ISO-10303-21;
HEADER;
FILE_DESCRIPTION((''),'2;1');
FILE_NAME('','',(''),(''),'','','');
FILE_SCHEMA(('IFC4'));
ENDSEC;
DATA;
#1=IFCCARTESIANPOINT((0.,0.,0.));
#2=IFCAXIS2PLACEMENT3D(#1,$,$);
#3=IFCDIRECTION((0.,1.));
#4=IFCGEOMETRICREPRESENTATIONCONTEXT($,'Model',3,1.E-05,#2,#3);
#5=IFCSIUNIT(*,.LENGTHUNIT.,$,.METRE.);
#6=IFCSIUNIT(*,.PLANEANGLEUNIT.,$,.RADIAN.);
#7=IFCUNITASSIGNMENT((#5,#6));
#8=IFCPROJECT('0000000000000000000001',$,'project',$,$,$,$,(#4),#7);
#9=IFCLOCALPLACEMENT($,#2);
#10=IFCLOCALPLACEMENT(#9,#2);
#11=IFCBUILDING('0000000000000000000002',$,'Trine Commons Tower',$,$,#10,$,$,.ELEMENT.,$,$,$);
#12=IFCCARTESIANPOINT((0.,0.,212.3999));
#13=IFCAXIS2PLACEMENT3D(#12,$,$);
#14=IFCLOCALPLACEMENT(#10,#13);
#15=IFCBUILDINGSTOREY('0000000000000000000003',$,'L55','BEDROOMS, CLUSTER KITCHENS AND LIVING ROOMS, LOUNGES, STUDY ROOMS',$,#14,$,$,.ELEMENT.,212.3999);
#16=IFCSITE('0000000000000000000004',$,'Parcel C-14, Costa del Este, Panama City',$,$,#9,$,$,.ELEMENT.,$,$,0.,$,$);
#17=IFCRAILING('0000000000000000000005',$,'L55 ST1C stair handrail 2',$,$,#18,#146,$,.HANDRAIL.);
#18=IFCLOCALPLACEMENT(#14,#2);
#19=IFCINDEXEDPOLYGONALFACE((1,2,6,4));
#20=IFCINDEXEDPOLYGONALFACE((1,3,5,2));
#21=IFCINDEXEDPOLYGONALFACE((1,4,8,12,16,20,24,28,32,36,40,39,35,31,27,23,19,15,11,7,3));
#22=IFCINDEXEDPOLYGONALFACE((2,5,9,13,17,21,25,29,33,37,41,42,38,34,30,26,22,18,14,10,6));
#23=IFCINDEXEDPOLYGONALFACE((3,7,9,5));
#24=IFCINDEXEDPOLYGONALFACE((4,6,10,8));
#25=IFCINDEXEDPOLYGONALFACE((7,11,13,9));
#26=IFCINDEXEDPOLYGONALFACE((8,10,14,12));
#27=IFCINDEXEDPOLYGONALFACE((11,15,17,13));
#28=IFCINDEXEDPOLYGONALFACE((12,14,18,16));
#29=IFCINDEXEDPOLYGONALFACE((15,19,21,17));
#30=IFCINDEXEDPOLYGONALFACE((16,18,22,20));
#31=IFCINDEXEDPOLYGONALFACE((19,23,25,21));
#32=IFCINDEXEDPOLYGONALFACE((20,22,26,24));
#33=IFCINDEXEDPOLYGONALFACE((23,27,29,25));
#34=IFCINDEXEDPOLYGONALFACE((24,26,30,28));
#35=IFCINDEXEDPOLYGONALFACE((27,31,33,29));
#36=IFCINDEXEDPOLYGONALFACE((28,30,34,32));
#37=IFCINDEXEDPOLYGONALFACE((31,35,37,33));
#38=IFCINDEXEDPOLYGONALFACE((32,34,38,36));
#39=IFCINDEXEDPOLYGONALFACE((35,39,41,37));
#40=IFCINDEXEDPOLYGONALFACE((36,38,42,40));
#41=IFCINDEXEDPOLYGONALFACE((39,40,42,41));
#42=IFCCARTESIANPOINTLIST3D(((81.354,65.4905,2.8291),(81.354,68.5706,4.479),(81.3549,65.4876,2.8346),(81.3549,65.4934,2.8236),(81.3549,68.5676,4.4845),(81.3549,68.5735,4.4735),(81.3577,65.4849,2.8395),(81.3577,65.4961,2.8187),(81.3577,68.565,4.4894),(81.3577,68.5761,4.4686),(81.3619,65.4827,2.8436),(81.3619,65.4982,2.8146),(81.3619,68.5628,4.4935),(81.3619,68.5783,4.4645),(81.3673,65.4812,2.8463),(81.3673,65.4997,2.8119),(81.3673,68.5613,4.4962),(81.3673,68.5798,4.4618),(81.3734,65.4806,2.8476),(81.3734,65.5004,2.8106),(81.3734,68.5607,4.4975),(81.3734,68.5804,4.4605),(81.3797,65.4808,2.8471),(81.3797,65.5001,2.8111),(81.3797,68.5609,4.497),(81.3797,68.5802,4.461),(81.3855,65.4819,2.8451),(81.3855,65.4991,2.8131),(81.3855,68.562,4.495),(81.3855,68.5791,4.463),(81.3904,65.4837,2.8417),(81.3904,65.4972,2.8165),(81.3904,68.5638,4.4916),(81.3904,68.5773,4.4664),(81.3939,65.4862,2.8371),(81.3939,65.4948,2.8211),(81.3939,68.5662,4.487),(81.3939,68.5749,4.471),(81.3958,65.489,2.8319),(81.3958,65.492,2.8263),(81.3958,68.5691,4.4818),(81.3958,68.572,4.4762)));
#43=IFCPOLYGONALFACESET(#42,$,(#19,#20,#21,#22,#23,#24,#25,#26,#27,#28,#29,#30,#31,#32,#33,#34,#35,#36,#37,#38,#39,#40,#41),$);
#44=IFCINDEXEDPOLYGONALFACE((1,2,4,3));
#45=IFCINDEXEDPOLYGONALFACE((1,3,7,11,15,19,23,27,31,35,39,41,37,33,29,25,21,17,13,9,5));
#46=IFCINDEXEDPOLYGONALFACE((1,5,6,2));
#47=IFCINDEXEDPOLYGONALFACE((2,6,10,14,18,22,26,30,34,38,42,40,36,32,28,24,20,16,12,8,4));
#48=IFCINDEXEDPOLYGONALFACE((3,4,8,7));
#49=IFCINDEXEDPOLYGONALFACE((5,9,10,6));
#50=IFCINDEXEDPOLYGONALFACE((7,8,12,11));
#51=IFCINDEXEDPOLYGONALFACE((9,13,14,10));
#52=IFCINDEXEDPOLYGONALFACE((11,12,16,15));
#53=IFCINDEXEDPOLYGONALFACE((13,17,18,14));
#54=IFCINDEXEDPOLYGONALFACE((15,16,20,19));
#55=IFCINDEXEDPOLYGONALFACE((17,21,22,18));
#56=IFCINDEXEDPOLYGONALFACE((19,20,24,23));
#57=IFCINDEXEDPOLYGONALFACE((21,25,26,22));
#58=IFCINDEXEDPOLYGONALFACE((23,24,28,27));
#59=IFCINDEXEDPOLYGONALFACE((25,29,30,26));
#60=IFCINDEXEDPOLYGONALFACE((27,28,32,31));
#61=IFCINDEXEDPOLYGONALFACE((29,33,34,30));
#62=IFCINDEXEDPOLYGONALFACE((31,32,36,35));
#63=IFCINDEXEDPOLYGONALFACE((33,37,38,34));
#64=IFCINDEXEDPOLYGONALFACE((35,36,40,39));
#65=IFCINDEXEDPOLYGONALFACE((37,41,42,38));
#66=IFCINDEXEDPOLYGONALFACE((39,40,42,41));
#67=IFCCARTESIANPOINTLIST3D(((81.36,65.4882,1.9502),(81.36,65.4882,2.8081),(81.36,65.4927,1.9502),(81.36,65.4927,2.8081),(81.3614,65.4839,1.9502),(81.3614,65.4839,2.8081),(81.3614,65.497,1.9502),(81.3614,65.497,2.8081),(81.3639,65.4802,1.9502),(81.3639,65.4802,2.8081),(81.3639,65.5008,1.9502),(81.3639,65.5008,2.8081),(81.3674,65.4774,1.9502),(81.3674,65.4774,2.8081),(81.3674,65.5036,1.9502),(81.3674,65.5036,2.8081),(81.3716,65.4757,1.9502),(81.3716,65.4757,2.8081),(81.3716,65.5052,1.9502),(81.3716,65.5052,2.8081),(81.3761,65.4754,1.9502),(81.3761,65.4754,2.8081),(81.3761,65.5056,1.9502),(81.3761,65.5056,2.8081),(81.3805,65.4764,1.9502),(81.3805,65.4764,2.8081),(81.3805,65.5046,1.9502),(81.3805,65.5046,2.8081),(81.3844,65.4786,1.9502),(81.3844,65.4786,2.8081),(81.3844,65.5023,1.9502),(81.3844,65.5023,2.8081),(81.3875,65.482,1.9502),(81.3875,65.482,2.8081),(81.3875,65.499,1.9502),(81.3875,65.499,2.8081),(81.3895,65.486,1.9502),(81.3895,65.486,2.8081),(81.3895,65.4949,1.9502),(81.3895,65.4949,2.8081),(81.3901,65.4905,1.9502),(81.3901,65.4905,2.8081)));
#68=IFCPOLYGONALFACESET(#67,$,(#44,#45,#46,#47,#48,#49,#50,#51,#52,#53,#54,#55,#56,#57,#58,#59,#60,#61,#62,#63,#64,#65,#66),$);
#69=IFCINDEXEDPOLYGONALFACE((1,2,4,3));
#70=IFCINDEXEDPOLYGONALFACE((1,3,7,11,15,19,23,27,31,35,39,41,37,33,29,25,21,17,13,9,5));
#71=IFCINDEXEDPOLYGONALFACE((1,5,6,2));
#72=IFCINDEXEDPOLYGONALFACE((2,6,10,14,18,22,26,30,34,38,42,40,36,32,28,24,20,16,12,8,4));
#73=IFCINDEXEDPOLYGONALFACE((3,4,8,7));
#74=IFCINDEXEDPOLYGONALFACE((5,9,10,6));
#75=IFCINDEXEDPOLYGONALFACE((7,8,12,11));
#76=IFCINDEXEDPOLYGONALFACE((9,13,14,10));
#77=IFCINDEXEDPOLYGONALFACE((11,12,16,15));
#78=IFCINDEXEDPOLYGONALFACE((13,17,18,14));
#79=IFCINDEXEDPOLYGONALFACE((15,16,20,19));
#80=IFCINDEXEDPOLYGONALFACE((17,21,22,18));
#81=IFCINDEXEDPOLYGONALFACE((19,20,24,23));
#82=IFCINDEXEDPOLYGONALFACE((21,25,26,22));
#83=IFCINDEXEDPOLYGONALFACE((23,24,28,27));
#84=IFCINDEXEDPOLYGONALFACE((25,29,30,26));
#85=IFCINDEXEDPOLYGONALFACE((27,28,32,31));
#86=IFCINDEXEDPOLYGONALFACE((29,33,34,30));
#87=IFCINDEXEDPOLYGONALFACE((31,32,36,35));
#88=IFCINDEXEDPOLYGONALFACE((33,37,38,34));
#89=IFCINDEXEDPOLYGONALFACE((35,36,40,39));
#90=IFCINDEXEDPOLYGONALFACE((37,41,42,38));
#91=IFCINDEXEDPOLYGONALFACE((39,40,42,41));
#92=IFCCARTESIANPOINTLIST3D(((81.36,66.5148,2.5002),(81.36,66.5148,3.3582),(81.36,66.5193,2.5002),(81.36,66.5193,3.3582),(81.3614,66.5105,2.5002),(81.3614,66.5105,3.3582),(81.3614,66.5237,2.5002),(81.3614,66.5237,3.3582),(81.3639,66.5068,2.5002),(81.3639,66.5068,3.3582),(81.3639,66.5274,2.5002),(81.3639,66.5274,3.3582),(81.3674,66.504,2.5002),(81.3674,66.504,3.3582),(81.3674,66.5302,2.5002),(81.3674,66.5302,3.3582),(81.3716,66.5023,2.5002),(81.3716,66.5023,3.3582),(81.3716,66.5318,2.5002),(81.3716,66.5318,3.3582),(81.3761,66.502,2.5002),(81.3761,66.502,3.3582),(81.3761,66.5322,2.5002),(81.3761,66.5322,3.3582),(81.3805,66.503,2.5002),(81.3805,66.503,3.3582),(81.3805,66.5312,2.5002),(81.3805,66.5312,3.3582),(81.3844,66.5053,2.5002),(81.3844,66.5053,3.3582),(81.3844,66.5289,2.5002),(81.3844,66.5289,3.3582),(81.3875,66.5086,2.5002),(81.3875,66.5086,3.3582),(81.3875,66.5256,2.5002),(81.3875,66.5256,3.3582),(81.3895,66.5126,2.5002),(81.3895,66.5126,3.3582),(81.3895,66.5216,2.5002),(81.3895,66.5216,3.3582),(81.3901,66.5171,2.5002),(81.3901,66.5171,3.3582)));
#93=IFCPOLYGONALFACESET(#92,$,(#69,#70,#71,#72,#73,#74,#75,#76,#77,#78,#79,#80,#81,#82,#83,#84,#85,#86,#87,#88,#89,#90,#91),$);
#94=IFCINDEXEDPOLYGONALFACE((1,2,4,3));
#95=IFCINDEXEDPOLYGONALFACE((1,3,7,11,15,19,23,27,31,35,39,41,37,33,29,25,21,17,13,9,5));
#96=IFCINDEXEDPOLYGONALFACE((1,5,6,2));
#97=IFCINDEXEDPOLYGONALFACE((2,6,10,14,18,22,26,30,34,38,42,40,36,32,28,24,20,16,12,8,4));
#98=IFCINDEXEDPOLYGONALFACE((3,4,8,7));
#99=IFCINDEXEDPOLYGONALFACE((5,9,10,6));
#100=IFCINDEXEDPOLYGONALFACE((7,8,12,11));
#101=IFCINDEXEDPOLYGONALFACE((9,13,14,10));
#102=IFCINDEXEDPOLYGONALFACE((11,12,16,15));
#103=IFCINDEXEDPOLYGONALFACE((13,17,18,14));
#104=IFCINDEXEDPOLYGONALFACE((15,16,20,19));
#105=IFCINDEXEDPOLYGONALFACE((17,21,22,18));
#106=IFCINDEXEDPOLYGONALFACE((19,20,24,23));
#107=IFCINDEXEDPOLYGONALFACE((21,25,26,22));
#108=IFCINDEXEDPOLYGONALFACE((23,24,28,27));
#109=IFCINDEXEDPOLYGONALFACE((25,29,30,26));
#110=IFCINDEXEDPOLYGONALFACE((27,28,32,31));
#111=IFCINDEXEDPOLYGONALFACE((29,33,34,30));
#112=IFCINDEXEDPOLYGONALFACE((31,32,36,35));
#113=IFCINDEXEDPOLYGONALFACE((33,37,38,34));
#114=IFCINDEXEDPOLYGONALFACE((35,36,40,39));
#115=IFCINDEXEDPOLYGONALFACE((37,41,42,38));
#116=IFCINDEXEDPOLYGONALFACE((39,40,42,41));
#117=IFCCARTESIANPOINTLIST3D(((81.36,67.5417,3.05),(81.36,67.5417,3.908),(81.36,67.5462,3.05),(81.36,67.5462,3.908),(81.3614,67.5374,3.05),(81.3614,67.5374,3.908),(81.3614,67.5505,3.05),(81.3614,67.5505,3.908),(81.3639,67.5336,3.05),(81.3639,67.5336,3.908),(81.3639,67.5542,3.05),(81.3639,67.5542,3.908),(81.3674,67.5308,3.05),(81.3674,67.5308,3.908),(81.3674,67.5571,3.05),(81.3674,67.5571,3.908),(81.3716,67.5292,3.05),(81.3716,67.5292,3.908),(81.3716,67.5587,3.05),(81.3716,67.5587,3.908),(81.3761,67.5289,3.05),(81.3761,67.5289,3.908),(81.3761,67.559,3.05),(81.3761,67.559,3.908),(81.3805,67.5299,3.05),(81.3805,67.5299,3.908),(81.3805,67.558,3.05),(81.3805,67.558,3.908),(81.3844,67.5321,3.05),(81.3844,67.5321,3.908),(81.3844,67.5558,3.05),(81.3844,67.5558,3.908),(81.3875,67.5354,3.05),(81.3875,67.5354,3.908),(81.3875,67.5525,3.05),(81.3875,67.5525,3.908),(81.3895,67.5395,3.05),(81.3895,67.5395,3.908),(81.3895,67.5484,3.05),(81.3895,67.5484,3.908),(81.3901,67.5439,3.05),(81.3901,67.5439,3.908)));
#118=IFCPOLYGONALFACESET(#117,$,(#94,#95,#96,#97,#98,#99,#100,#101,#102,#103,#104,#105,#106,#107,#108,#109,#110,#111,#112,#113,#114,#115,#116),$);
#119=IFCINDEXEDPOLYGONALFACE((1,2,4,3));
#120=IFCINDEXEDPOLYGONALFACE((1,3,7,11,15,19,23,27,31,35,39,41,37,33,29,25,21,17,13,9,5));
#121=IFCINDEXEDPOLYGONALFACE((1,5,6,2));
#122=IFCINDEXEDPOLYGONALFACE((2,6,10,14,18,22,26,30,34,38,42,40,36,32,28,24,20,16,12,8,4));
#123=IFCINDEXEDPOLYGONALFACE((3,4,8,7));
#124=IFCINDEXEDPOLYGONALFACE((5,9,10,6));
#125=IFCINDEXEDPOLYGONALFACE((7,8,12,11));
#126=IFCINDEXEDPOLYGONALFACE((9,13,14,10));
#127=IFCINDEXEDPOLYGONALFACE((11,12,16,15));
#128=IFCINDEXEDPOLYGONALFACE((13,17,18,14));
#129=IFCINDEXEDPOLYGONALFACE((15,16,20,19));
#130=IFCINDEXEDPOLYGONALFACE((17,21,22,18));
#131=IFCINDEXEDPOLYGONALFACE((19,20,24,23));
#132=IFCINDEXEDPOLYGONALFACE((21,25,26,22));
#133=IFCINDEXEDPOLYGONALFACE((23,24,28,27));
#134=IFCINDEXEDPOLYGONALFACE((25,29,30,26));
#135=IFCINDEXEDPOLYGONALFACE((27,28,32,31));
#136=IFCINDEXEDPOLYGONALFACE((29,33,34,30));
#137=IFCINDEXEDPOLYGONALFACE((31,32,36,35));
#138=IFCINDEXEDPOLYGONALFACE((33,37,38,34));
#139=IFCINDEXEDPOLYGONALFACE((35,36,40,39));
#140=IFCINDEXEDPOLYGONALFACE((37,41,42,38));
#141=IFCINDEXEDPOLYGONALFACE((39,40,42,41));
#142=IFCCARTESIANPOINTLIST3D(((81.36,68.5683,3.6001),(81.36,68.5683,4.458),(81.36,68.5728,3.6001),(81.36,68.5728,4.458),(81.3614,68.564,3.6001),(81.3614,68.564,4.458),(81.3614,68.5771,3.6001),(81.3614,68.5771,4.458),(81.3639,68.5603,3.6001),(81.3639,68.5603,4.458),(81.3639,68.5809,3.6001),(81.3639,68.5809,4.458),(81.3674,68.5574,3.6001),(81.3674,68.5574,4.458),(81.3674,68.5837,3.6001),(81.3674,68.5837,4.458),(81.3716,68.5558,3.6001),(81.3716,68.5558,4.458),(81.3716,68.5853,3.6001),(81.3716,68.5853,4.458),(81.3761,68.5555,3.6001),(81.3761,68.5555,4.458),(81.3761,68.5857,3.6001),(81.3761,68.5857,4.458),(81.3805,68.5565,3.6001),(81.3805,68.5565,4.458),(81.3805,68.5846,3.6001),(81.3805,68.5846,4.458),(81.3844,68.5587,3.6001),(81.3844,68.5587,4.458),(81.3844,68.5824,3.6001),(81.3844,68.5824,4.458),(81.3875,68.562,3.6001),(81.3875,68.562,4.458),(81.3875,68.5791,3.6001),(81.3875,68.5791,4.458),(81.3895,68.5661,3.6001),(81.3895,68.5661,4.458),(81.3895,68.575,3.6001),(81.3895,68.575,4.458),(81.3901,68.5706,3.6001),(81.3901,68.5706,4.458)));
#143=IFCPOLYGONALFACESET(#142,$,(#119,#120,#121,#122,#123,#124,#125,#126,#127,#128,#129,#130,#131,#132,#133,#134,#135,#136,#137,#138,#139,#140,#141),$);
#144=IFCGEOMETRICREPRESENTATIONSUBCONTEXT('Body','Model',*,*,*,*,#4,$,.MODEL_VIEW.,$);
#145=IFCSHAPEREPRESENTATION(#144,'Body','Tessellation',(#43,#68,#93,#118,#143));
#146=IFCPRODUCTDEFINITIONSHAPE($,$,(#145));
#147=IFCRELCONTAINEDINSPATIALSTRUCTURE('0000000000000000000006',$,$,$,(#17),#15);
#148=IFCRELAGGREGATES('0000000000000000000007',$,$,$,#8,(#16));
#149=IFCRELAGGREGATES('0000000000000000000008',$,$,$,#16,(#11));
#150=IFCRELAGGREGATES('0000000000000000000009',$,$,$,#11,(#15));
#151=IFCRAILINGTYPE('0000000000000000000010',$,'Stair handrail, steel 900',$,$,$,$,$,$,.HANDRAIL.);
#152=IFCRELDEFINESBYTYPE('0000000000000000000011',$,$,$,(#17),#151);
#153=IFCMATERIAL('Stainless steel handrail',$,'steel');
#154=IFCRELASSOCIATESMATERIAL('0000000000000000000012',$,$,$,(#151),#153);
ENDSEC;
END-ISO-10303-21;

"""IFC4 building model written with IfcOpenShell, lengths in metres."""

from ifc_helpers import new_model, si_unit, direction, frame, origin, origin_2d, place, context, subcontext, project, spatial, circle, extrude, material, type_object, element, save


model = new_model("IFC4")

# Units and contexts
model_context = context("Model", 3, precision=1e-05, world=origin(), true_north=direction((0.0, 1.0)))
body_context = subcontext(model_context, "Body", "Model", "MODEL_VIEW")
ifc_project = project(units=[si_unit("LENGTHUNIT", "METRE"), si_unit("PLANEANGLEUNIT", "RADIAN")], contexts=[model_context])

# Site, building, storey
site_placement = place(None, origin())
site = spatial("IfcSite", under=ifc_project, at=site_placement, Name="Parcel C-14, Costa del Este, Panama City", CompositionType="ELEMENT", RefElevation=0.0)
building_placement = place(site_placement, origin())
building = spatial("IfcBuilding", under=site, at=building_placement, Name="Trine Commons Tower", CompositionType="ELEMENT")
storey_placement = place(building_placement, frame((0.0, 0.0, 212.3999)))
storey = spatial("IfcBuildingStorey", under=building, at=storey_placement, Name="L55", Description="BEDROOMS, CLUSTER KITCHENS AND LIVING ROOMS, LOUNGES, STUDY ROOMS", CompositionType="ELEMENT", Elevation=212.3999)

# Railing
ifc_material_1 = material(Name="Stainless steel handrail", Category="steel")
railing_type_1 = type_object("IfcRailingType", Name="Stair handrail, steel 900", PredefinedType="HANDRAIL", material=ifc_material_1)
railing_1_placement = place(storey_placement, frame((81.375, 65.4905, 1.9502)))
element("IfcRailing", 1, at=railing_1_placement, inside=storey, type_object=railing_type_1, Name="L55 ST1C stair handrail 2", PredefinedType="HANDRAIL", context=body_context, shape_type="SweptSolid", body=[
    extrude(circle(Radius=0.021, at=origin_2d()), frame((0.0, 0.0, 0.8789), z_axis=(0.0, 0.881497, 0.47219), x_axis=(-1.0, 0.0, 0.0)), (0.0, 0.0, 1.0), 3.4941),
    extrude(circle(Radius=0.0151, at=origin_2d()), origin(), (0.0, 0.0, 1.0), 0.8579),
    extrude(circle(Radius=0.0151, at=origin_2d()), frame((0.0, 1.0266, 0.55)), (0.0, 0.0, 1.0), 0.8579),
    extrude(circle(Radius=0.0151, at=origin_2d()), frame((0.0, 2.0535, 1.0999)), (0.0, 0.0, 1.0), 0.8579),
    extrude(circle(Radius=0.0151, at=origin_2d()), frame((0.0, 3.0801, 1.6499)), (0.0, 0.0, 1.0), 0.8579),
])

save(model, "model.ifc")
